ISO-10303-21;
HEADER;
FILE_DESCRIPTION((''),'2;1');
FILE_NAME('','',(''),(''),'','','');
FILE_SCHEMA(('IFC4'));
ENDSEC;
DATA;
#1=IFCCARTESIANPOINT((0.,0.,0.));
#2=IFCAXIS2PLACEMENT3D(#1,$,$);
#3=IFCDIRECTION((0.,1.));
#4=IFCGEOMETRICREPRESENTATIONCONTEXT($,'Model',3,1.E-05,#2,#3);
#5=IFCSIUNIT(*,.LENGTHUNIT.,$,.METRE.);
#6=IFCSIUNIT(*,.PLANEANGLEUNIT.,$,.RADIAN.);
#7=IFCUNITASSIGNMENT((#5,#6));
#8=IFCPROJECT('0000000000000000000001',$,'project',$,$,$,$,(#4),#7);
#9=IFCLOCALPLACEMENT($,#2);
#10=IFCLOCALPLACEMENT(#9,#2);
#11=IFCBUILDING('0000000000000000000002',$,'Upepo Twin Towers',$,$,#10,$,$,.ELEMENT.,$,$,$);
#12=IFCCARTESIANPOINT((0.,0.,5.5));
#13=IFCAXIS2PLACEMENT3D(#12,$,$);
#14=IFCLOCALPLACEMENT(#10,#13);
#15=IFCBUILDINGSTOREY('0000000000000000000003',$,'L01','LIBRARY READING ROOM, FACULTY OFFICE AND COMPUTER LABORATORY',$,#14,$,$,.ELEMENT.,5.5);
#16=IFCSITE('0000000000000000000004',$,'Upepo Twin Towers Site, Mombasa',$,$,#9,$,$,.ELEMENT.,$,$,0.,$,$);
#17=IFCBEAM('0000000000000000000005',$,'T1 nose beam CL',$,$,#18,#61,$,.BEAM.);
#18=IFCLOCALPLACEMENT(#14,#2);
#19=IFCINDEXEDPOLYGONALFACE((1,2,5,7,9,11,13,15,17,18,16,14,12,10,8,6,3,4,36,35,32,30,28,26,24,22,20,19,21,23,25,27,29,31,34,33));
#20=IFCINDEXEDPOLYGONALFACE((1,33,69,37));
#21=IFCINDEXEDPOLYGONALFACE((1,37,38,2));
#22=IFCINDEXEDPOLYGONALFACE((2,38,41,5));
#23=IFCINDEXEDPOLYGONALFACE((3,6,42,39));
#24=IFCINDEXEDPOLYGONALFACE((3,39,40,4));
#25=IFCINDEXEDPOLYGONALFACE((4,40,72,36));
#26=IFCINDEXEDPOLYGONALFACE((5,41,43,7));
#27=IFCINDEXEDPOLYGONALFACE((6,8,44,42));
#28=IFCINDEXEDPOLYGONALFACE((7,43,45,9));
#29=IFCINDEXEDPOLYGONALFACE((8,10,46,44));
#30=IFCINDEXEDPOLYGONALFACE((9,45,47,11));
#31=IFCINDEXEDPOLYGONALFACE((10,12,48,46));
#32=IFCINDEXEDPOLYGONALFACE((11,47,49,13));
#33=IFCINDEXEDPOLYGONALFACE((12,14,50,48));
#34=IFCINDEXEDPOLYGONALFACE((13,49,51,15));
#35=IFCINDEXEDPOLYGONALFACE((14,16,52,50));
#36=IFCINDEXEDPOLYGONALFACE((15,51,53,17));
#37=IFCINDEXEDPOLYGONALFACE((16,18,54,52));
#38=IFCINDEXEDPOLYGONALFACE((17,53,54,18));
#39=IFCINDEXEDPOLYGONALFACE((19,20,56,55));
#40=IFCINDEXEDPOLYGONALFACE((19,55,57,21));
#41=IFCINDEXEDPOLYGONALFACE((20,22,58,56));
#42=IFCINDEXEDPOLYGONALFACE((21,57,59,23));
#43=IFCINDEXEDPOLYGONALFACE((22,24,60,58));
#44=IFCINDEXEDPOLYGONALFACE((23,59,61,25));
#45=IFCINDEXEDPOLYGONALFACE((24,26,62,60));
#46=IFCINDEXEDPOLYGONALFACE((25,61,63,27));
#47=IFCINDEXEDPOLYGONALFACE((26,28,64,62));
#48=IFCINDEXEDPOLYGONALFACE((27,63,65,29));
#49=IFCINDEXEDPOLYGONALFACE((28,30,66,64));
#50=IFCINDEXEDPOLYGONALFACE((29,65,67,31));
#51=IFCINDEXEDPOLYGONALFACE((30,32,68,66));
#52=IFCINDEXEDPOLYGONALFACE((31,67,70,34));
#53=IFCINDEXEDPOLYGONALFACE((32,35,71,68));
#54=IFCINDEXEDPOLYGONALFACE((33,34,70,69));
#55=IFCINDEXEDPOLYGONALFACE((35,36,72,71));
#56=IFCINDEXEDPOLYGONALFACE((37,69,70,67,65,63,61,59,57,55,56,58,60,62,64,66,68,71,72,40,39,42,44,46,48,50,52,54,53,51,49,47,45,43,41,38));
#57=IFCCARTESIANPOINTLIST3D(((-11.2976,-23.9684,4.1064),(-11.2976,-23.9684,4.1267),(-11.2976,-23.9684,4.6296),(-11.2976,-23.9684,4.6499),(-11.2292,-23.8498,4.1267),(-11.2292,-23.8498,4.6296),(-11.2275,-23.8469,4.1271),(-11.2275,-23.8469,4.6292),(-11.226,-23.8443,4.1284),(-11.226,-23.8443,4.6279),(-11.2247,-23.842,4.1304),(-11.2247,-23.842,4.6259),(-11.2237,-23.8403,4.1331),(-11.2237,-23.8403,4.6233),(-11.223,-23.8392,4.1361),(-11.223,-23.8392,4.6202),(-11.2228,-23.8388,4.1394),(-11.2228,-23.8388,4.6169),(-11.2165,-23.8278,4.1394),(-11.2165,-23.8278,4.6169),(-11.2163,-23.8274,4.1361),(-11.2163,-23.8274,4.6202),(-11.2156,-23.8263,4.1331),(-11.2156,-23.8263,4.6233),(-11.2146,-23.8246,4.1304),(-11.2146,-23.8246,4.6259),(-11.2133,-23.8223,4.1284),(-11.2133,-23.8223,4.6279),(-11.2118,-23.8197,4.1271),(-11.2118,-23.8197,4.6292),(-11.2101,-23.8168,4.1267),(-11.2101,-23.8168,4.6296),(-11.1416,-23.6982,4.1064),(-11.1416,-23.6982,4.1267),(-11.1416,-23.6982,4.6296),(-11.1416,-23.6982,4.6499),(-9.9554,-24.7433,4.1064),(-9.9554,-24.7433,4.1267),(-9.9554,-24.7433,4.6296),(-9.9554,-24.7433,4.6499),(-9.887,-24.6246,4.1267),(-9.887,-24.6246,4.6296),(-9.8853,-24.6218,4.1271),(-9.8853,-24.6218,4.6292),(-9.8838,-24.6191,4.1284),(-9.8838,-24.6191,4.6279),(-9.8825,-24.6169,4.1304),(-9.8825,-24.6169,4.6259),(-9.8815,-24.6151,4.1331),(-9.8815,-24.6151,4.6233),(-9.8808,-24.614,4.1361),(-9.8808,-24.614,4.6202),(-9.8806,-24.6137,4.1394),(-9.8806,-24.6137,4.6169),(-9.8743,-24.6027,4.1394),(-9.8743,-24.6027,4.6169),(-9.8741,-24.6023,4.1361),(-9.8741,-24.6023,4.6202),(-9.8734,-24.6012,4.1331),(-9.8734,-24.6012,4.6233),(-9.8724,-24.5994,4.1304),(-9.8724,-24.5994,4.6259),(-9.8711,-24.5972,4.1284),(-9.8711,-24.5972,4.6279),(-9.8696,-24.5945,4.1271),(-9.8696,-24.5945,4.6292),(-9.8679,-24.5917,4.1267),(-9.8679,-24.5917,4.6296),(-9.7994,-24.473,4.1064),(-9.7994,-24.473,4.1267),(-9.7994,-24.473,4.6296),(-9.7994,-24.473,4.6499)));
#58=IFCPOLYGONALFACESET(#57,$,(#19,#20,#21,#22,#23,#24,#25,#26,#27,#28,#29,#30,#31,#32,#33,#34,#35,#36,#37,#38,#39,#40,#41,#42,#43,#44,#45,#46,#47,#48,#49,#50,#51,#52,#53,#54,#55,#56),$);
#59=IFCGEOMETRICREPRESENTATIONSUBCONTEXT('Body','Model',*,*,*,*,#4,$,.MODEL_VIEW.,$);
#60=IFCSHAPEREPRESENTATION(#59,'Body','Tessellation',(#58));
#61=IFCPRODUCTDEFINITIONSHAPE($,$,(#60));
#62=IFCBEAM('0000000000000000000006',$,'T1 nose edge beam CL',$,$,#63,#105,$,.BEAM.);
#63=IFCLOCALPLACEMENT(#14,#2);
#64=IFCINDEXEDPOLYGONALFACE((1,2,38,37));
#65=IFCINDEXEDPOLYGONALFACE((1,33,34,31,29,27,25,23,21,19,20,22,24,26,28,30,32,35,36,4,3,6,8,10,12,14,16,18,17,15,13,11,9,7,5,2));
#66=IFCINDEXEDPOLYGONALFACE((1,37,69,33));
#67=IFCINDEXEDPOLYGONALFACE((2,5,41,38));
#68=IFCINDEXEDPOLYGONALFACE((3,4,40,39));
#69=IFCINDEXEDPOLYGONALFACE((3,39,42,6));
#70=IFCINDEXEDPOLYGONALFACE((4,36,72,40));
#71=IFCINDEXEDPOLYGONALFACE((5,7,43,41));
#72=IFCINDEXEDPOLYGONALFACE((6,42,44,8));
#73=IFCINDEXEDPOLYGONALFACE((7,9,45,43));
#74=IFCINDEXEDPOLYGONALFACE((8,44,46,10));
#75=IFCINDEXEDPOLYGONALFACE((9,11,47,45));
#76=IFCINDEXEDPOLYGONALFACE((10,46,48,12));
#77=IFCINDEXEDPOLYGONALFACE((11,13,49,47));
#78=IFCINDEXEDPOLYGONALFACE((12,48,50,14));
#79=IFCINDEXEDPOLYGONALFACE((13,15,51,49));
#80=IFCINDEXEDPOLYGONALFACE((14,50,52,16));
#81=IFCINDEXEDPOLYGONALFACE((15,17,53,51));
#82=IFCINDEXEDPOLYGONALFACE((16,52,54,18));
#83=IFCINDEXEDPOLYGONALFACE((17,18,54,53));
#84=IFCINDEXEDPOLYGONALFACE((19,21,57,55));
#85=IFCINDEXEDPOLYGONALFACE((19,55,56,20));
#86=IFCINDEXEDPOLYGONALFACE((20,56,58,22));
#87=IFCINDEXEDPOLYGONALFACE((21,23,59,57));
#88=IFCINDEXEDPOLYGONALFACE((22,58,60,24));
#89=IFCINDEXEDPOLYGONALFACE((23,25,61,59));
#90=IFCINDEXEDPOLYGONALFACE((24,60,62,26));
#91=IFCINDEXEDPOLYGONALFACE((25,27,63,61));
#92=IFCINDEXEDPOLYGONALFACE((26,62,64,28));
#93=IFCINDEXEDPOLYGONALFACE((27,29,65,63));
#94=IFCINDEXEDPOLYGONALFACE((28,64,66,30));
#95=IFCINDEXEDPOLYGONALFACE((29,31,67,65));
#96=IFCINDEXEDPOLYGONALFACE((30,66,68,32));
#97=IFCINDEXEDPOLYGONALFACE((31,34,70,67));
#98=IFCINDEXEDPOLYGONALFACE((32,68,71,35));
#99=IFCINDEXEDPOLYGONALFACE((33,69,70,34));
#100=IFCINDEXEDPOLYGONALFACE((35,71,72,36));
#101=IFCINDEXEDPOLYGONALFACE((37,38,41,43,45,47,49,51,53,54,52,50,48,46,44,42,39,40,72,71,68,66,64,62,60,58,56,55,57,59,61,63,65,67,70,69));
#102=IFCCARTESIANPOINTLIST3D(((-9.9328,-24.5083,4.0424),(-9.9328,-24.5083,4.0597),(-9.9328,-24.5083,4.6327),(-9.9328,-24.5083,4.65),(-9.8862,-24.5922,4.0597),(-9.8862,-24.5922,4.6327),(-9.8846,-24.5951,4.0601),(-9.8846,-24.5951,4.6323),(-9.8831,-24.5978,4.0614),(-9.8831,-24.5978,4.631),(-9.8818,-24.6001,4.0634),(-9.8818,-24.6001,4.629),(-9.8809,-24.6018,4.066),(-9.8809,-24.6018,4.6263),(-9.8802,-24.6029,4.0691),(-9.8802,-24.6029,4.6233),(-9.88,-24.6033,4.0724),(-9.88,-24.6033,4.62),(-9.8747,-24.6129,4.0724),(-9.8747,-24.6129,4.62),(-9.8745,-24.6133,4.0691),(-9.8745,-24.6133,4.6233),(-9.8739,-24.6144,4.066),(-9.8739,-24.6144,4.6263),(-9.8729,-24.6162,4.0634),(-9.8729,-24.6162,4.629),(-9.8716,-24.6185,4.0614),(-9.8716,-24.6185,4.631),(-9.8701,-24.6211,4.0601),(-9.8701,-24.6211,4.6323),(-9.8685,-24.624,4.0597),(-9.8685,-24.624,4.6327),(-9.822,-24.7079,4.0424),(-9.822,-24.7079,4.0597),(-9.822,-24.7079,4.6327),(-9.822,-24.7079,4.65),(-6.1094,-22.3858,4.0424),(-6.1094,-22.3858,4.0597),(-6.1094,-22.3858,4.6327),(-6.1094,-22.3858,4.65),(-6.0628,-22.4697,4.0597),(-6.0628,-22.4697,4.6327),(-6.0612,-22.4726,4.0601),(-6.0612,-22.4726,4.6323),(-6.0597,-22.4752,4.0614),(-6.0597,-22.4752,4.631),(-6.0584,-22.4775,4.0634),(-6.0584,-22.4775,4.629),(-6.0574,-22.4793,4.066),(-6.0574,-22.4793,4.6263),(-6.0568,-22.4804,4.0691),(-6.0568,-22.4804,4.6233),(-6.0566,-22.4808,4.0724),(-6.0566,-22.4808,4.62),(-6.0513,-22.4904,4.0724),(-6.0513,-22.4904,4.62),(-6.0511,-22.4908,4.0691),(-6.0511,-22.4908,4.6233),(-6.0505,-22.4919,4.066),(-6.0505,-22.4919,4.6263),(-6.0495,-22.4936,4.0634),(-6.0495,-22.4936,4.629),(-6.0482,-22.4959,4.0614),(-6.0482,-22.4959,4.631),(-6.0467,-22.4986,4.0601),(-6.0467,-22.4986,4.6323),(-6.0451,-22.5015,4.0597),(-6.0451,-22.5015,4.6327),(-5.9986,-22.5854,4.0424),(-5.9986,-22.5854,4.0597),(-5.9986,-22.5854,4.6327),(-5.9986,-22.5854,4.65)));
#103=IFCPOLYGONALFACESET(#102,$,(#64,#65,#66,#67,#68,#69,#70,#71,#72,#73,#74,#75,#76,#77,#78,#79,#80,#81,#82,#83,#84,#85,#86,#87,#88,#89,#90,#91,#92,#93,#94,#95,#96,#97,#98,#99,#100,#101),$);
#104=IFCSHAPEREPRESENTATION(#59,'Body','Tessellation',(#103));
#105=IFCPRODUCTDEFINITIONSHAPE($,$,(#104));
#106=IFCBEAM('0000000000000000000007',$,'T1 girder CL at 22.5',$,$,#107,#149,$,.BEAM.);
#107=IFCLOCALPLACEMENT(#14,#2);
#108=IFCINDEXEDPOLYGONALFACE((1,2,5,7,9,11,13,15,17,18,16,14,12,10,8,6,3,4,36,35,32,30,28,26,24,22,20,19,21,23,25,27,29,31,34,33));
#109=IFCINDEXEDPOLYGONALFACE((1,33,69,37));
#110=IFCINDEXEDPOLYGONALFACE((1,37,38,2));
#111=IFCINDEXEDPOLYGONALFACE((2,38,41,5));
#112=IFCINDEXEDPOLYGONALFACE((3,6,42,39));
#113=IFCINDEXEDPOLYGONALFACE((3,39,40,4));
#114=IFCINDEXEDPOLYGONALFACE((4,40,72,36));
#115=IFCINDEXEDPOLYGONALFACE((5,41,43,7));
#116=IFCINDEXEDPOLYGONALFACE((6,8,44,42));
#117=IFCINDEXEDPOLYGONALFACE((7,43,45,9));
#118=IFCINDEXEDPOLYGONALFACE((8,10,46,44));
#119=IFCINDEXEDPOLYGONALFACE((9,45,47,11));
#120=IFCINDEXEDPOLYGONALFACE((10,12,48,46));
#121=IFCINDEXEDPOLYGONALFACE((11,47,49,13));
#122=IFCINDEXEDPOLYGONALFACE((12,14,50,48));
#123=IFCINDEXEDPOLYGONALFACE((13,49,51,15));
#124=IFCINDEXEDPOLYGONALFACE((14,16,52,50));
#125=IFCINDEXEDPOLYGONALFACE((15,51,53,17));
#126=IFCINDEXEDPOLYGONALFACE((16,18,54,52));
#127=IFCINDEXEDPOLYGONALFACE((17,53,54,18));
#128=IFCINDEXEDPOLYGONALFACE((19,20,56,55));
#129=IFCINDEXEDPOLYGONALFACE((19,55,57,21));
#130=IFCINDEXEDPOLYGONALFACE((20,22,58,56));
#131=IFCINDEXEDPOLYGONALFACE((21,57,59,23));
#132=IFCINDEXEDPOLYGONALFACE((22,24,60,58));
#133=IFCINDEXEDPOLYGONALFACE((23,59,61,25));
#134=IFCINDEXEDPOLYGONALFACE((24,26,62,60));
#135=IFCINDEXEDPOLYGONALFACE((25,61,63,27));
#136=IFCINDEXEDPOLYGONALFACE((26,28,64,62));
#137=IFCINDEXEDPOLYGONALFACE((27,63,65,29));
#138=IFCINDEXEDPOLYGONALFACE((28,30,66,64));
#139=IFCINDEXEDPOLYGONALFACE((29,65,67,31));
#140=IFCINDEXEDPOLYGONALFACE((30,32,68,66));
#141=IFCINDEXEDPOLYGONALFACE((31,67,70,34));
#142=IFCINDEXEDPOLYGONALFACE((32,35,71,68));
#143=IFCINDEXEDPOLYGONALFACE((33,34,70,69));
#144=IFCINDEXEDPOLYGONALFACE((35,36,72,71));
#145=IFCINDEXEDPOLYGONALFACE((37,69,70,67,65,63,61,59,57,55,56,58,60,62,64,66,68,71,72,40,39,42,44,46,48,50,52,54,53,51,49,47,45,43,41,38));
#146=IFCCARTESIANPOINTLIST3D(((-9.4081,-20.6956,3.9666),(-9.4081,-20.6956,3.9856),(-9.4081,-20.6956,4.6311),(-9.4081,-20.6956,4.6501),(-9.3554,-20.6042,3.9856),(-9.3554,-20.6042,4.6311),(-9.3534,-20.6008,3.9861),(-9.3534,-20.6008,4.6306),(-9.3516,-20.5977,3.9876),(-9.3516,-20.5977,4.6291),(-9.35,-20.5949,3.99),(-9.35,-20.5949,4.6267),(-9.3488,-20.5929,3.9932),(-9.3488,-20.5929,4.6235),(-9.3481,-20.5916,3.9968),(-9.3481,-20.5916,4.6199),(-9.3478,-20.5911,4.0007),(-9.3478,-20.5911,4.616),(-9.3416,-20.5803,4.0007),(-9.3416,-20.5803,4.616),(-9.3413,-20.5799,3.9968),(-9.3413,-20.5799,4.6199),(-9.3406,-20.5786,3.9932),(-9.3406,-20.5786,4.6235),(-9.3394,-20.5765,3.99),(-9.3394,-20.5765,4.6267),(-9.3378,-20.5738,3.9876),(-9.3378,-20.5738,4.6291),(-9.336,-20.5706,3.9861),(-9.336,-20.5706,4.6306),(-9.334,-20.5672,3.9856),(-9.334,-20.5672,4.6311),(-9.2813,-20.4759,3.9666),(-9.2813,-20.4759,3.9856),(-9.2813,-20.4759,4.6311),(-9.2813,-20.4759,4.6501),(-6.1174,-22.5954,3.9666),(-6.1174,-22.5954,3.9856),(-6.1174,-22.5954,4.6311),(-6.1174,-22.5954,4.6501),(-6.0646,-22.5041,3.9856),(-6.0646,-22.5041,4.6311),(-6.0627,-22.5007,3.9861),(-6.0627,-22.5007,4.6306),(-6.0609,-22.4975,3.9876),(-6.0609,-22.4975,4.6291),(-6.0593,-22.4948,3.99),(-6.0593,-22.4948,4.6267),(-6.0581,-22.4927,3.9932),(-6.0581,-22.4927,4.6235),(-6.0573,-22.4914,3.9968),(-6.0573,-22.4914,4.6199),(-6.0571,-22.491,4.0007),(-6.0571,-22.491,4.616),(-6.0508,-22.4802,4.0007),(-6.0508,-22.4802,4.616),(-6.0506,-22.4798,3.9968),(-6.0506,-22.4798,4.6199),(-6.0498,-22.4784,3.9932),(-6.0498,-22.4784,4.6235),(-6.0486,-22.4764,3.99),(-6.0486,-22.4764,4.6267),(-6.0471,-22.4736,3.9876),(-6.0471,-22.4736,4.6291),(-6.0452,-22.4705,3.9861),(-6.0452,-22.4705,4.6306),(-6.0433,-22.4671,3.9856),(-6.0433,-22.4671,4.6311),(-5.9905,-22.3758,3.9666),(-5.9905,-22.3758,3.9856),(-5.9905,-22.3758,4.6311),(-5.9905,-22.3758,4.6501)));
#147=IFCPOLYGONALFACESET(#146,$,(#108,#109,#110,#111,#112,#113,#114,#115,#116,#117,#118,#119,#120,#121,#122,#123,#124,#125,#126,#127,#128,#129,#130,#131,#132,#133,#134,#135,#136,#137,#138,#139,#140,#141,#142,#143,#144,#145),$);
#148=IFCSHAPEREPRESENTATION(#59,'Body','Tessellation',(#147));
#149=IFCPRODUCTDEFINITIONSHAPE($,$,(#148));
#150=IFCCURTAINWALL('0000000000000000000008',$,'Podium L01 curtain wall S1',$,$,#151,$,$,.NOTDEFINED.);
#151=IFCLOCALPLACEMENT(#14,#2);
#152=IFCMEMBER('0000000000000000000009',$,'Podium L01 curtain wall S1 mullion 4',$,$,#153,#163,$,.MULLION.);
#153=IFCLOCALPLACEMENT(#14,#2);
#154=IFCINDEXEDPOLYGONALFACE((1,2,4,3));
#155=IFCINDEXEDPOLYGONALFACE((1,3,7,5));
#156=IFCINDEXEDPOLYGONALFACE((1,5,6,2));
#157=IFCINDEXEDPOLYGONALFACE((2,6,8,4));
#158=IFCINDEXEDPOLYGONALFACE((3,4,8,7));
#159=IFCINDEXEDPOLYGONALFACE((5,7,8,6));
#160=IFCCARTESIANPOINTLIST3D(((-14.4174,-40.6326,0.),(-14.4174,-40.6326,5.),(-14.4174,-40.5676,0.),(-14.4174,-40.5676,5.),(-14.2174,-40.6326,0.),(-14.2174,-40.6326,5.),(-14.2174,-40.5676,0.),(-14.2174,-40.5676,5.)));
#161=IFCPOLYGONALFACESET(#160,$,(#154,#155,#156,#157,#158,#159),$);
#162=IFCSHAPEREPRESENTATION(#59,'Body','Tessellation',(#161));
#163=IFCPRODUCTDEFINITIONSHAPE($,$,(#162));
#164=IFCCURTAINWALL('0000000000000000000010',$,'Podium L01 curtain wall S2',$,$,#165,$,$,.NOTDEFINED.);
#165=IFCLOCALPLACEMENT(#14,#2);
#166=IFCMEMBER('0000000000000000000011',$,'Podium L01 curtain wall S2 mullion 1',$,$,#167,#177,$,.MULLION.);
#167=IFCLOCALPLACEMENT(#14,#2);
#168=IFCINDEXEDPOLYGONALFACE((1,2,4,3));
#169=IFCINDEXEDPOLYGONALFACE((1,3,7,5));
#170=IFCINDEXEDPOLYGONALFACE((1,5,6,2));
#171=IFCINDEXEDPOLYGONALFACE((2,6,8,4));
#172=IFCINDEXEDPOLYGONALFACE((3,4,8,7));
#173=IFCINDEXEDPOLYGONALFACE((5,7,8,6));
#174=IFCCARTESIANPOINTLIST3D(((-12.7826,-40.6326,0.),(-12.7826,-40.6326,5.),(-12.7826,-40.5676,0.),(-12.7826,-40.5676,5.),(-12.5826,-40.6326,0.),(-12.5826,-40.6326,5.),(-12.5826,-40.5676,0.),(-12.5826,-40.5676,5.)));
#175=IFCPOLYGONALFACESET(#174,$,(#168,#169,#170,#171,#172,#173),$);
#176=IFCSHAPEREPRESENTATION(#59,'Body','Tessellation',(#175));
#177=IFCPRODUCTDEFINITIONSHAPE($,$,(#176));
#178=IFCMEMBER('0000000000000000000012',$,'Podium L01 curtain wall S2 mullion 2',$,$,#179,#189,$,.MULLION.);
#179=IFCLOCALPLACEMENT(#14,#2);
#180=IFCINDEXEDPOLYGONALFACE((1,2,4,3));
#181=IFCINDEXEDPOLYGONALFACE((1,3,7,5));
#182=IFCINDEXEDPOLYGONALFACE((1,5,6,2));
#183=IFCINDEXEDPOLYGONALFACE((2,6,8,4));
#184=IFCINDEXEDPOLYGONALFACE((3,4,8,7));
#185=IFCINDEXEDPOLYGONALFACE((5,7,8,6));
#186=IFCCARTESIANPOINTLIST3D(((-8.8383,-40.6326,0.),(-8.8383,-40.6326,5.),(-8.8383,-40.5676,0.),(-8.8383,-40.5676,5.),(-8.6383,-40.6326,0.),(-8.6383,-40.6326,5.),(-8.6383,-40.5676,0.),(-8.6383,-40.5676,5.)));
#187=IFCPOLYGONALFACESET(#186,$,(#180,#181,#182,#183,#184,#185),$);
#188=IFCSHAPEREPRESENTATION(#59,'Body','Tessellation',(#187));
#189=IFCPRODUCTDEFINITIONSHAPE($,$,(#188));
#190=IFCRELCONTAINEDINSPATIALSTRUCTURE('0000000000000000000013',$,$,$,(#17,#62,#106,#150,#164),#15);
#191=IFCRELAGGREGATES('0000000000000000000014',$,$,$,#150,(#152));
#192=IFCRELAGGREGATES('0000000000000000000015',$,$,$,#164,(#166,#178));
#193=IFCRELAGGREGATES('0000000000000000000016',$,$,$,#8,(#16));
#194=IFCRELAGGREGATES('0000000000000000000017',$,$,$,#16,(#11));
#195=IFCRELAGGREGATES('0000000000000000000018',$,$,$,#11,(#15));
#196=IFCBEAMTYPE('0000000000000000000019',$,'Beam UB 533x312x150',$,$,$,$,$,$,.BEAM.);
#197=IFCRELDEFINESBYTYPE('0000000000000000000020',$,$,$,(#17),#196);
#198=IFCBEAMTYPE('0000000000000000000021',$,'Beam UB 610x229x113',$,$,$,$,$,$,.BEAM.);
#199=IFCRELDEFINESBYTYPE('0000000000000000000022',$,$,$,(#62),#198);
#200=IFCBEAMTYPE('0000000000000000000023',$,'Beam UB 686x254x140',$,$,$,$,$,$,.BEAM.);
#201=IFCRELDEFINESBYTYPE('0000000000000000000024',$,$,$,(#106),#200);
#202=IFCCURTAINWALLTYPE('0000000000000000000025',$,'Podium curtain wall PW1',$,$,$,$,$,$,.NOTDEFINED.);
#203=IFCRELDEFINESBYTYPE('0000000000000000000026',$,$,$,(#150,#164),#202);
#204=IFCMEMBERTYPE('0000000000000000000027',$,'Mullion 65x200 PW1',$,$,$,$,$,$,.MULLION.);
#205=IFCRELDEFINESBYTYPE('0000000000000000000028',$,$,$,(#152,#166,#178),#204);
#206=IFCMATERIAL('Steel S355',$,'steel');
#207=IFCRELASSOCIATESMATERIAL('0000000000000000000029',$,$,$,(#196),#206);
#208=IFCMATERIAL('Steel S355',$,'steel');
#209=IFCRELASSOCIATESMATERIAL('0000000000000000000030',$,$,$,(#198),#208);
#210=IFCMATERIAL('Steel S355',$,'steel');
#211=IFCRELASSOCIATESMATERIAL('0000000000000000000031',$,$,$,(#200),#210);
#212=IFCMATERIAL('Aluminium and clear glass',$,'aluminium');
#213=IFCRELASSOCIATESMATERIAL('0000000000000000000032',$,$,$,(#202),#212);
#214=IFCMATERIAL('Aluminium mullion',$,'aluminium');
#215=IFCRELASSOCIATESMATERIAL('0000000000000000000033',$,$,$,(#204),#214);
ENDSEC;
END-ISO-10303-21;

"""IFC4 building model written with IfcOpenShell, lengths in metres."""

from ifc_helpers import new_model, si_unit, direction, frame, origin, origin_2d, place, context, subcontext, project, spatial, rectangle, i_section, extrude, material, material_profile, profile_set, type_object, element, aggregate, save


model = new_model("IFC4")

# Units and contexts
model_context = context("Model", 3, precision=1e-05, world=origin(), true_north=direction((0.0, 1.0)))
body_context = subcontext(model_context, "Body", "Model", "MODEL_VIEW")
ifc_project = project(units=[si_unit("LENGTHUNIT", "METRE"), si_unit("PLANEANGLEUNIT", "RADIAN")], contexts=[model_context])

# Site, building, storey
site_placement = place(None, origin())
site = spatial("IfcSite", under=ifc_project, at=site_placement, Name="Upepo Twin Towers Site, Mombasa", CompositionType="ELEMENT", RefElevation=0.0)
building_placement = place(site_placement, origin())
building = spatial("IfcBuilding", under=site, at=building_placement, Name="Upepo Twin Towers", CompositionType="ELEMENT")
storey_placement = place(building_placement, frame((0.0, 0.0, 5.5)))
storey = spatial("IfcBuildingStorey", under=building, at=storey_placement, Name="L01", Description="LIBRARY READING ROOM, FACULTY OFFICE AND COMPUTER LABORATORY", CompositionType="ELEMENT", Elevation=5.5)

# Beams
ifc_material_1 = material(Name="Steel S355", Category="steel")
ifc_material_profile_1 = material_profile(ifc_material_1, i_section(OverallWidth=0.312, OverallDepth=0.5435, WebThickness=0.0127, FlangeThickness=0.0203, FilletRadius=0.0127, at=origin_2d()), Name="UB 533x312x150")
ifc_profile_set_1 = profile_set([ifc_material_profile_1], Name="Steel S355")
beam_type_1 = type_object("IfcBeamType", Name="Beam UB 533x312x150", PredefinedType="BEAM", material=ifc_profile_set_1)
beam_1_placement = place(storey_placement, frame((-9.8774, -24.6082, 4.3782), z_axis=(-0.866044, 0.499968, 0.0), x_axis=(-0.499968, -0.866044, 0.0)))
element("IfcBeam", 1, at=beam_1_placement, inside=storey, type_object=beam_type_1, Name="T1 nose beam CL", PredefinedType="BEAM", context=body_context, shape_type="SweptSolid", body=[
    extrude(i_section(OverallWidth=0.312, OverallDepth=0.5435, WebThickness=0.0127, FlangeThickness=0.0203, FilletRadius=0.0127, at=origin_2d()), origin(), (0.0, 0.0, 1.0), 1.5498),
])
ifc_material_2 = material(Name="Steel S355", Category="steel")
ifc_material_profile_2 = material_profile(ifc_material_2, i_section(OverallWidth=0.2283, OverallDepth=0.6077, WebThickness=0.011, FlangeThickness=0.0173, FilletRadius=0.0127, at=origin_2d()), Name="UB 610x229x113")
ifc_profile_set_2 = profile_set([ifc_material_profile_2], Name="Steel S355")
beam_type_2 = type_object("IfcBeamType", Name="Beam UB 610x229x113", PredefinedType="BEAM", material=ifc_profile_set_2)
beam_2_placement = place(storey_placement, frame((-6.054, -22.4856, 4.3462), z_axis=(-0.874313, -0.485363, 0.0), x_axis=(0.485363, -0.874313, 0.0)))
element("IfcBeam", 2, at=beam_2_placement, inside=storey, type_object=beam_type_2, Name="T1 nose edge beam CL", PredefinedType="BEAM", context=body_context, shape_type="SweptSolid", body=[
    extrude(i_section(OverallWidth=0.2283, OverallDepth=0.6077, WebThickness=0.011, FlangeThickness=0.0173, FilletRadius=0.0127, at=origin_2d()), origin(), (0.0, 0.0, 1.0), 4.373),
])
ifc_material_3 = material(Name="Steel S355", Category="steel")
ifc_material_profile_3 = material_profile(ifc_material_3, i_section(OverallWidth=0.2537, OverallDepth=0.6836, WebThickness=0.0125, FlangeThickness=0.019, FilletRadius=0.0151, at=origin_2d()), Name="UB 686x254x140")
ifc_profile_set_3 = profile_set([ifc_material_profile_3], Name="Steel S355")
beam_type_3 = type_object("IfcBeamType", Name="Beam UB 686x254x140", PredefinedType="BEAM", material=ifc_profile_set_3)
beam_3_placement = place(storey_placement, frame((-6.054, -22.4856, 4.3083), z_axis=(-0.866028, 0.499995, 0.0), x_axis=(-0.499995, -0.866028, 0.0)))
element("IfcBeam", 3, at=beam_3_placement, inside=storey, type_object=beam_type_3, Name="T1 girder CL at 22.5", PredefinedType="BEAM", context=body_context, shape_type="SweptSolid", body=[
    extrude(i_section(OverallWidth=0.2537, OverallDepth=0.6836, WebThickness=0.0125, FlangeThickness=0.019, FilletRadius=0.0151, at=origin_2d()), origin(), (0.0, 0.0, 1.0), 3.7998),
])

# Curtain wall, member
ifc_material_4 = material(Name="Aluminium and clear glass", Category="aluminium")
curtain_wall_type = type_object("IfcCurtainWallType", Name="Podium curtain wall PW1", PredefinedType="NOTDEFINED", material=ifc_material_4)
curtain_wall_1_placement = place(storey_placement, origin())
curtain_wall_1 = element("IfcCurtainWall", 4, at=curtain_wall_1_placement, inside=storey, type_object=curtain_wall_type, Name="Podium L01 curtain wall S1", PredefinedType="NOTDEFINED")
ifc_material_5 = material(Name="Aluminium mullion", Category="aluminium")
ifc_material_profile_4 = material_profile(ifc_material_5, rectangle(XDim=0.0649, YDim=0.2, at=origin_2d()), Name="MULLION 65x200 PODIUM")
ifc_profile_set_4 = profile_set([ifc_material_profile_4], Name="Aluminium mullion")
member_type_1 = type_object("IfcMemberType", Name="Mullion 65x200 PW1", PredefinedType="MULLION", material=ifc_profile_set_4)
member_1_placement = place(storey_placement, frame((-14.3174, -40.6001, 0.0), z_axis=(0.0, 0.0, 1.0), x_axis=(0.0, 1.0, 0.0)))
member_1 = element("IfcMember", 5, at=member_1_placement, type_object=member_type_1, Name="Podium L01 curtain wall S1 mullion 4", PredefinedType="MULLION", context=body_context, shape_type="SweptSolid", body=[
    extrude(rectangle(XDim=0.0649, YDim=0.2, at=origin_2d()), origin(), (0.0, 0.0, 1.0), 5.0),
])

# Curtain wall, members
curtain_wall_2_placement = place(storey_placement, origin())
curtain_wall_2 = element("IfcCurtainWall", 6, at=curtain_wall_2_placement, inside=storey, type_object=curtain_wall_type, Name="Podium L01 curtain wall S2", PredefinedType="NOTDEFINED")
member_2_placement = place(storey_placement, frame((-12.6826, -40.6001, 0.0), z_axis=(0.0, 0.0, 1.0), x_axis=(0.0, 1.0, 0.0)))
member_2 = element("IfcMember", 7, at=member_2_placement, type_object=member_type_1, Name="Podium L01 curtain wall S2 mullion 1", PredefinedType="MULLION", context=body_context, shape_type="SweptSolid", body=[
    extrude(rectangle(XDim=0.0649, YDim=0.2, at=origin_2d()), origin(), (0.0, 0.0, 1.0), 5.0),
])
member_3_placement = place(storey_placement, frame((-8.7383, -40.6001, 0.0), z_axis=(0.0, 0.0, 1.0), x_axis=(0.0, 1.0, 0.0)))
member_3 = element("IfcMember", 8, at=member_3_placement, type_object=member_type_1, Name="Podium L01 curtain wall S2 mullion 2", PredefinedType="MULLION", context=body_context, shape_type="SweptSolid", body=[
    extrude(rectangle(XDim=0.0649, YDim=0.2, at=origin_2d()), origin(), (0.0, 0.0, 1.0), 5.0),
])

aggregate(curtain_wall_1, [member_1])
aggregate(curtain_wall_2, [member_2, member_3])

save(model, "model.ifc")
